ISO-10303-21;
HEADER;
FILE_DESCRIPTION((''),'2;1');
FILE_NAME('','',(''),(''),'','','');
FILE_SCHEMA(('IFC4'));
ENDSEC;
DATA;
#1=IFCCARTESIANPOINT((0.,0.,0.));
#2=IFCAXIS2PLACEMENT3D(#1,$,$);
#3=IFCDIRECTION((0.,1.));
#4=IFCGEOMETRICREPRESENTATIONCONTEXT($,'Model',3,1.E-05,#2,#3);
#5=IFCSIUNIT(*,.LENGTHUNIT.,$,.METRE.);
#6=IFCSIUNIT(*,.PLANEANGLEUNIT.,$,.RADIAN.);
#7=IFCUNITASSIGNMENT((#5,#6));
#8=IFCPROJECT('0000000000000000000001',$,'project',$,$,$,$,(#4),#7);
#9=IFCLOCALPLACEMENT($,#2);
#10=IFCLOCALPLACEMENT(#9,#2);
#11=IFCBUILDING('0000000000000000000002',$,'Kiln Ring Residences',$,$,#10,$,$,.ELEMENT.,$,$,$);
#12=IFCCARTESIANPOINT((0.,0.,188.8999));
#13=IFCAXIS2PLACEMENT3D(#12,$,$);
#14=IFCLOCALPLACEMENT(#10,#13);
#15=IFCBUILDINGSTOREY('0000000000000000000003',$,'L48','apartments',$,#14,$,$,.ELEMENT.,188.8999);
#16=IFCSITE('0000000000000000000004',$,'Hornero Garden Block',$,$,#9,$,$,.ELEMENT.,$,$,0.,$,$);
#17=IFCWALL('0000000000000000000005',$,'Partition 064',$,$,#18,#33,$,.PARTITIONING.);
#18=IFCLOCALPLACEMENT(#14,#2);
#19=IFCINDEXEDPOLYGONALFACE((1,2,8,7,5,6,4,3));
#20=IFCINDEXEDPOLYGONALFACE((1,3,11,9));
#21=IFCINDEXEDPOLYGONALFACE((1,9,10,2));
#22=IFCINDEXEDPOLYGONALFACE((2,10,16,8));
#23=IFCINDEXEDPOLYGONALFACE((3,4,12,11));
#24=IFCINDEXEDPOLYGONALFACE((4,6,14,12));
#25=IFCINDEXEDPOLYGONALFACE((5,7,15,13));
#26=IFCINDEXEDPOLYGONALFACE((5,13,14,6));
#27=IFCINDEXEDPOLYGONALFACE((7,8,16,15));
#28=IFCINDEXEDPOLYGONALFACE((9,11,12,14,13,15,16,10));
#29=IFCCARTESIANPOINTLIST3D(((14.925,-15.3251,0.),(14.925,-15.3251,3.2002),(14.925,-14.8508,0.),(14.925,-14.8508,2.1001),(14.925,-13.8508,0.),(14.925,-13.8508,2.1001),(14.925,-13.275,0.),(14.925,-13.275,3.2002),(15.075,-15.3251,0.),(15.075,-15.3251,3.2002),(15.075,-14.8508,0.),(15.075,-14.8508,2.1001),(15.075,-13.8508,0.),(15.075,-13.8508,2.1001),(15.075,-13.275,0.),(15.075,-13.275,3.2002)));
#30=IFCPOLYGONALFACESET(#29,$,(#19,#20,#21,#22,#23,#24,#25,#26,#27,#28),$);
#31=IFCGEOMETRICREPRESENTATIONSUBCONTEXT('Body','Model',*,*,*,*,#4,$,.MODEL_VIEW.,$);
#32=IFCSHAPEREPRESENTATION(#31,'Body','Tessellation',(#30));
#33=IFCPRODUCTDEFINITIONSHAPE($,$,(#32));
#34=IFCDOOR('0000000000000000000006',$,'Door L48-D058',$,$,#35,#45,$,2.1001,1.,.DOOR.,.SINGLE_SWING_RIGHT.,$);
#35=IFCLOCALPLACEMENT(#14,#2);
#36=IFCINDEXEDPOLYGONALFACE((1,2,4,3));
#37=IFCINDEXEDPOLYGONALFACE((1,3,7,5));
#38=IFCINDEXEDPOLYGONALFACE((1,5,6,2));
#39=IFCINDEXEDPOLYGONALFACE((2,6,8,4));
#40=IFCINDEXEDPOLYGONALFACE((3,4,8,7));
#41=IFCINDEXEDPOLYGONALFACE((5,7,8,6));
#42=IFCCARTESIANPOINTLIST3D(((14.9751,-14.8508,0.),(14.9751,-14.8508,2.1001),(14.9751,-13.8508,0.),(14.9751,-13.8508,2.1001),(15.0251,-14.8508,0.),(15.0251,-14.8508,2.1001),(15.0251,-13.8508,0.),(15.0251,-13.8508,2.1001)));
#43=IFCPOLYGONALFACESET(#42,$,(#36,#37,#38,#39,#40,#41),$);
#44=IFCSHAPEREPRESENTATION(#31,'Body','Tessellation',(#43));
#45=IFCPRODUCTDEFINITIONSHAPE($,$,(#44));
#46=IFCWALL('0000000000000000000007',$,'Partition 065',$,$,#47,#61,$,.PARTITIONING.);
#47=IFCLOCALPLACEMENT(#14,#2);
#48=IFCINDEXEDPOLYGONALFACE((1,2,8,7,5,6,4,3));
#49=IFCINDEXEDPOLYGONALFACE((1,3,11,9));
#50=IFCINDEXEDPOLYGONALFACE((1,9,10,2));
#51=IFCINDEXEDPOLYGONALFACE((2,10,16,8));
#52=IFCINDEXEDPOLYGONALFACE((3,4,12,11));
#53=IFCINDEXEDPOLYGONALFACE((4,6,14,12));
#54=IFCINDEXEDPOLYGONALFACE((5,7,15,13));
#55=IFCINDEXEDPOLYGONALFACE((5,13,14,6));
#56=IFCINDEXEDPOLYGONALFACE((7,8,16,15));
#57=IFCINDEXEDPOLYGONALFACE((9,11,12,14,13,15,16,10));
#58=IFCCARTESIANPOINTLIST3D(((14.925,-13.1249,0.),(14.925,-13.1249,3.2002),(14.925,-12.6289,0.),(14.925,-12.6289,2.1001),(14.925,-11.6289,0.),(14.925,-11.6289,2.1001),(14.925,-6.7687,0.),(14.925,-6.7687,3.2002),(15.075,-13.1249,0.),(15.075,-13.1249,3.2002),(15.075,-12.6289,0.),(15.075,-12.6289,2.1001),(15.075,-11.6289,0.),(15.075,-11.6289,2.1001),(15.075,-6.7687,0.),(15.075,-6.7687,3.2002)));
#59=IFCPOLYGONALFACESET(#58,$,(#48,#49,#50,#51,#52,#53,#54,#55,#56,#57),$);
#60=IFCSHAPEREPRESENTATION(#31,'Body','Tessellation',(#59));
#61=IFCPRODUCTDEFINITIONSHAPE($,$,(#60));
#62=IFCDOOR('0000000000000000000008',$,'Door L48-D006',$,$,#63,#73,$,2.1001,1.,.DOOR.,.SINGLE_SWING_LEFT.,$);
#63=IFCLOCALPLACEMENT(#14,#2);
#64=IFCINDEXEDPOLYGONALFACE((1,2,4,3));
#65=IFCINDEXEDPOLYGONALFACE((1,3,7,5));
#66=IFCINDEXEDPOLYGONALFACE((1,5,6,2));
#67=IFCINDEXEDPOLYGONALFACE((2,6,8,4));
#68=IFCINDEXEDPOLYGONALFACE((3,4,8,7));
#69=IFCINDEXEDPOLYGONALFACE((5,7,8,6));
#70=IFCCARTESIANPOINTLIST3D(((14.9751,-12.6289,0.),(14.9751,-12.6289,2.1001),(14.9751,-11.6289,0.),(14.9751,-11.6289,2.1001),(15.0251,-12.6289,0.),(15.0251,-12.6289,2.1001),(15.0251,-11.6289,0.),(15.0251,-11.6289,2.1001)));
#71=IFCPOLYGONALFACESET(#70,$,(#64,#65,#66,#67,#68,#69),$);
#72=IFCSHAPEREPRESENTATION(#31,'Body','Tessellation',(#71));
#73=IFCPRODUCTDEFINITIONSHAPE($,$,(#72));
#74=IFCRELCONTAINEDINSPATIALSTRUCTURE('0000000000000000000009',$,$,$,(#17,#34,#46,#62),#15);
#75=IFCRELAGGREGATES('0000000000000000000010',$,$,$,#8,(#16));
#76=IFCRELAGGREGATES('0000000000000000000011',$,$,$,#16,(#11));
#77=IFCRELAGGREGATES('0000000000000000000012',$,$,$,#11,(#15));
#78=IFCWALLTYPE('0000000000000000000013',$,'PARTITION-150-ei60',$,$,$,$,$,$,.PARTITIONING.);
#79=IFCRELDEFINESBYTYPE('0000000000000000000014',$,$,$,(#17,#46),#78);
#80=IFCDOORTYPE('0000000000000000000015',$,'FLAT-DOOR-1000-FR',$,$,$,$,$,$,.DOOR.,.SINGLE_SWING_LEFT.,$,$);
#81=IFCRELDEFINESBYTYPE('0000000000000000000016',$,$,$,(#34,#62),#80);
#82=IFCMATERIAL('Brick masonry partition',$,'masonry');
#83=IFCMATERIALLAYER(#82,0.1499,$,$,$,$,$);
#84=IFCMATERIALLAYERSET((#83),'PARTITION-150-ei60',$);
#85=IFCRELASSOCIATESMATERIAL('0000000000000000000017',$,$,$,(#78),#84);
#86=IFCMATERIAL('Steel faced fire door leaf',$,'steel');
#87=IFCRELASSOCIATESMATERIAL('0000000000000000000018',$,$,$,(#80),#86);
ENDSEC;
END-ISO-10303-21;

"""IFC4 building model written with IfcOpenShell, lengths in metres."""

from ifc_helpers import new_model, si_unit, direction, frame, frame_2d, origin, place, context, subcontext, project, spatial, rectangle, extrude, material, layer, layer_set, type_object, element, fill, save


model = new_model("IFC4")

# Units and contexts
model_context = context("Model", 3, precision=1e-05, world=origin(), true_north=direction((0.0, 1.0)))
body_context = subcontext(model_context, "Body", "Model", "MODEL_VIEW")
ifc_project = project(units=[si_unit("LENGTHUNIT", "METRE"), si_unit("PLANEANGLEUNIT", "RADIAN")], contexts=[model_context])

# Site, building, storey
site_placement = place(None, origin())
site = spatial("IfcSite", under=ifc_project, at=site_placement, Name="Hornero Garden Block", CompositionType="ELEMENT", RefElevation=0.0)
building_placement = place(site_placement, origin())
building = spatial("IfcBuilding", under=site, at=building_placement, Name="Kiln Ring Residences", CompositionType="ELEMENT")
storey_placement = place(building_placement, frame((0.0, 0.0, 188.8999)))
storey = spatial("IfcBuildingStorey", under=building, at=storey_placement, Name="L48", Description="apartments", CompositionType="ELEMENT", Elevation=188.8999)

# Shared definitions
ifc_material_1 = material(Name="Brick masonry partition", Category="masonry")
ifc_layer_1 = layer(ifc_material_1, 0.1499)
ifc_layer_set_1 = layer_set([ifc_layer_1], Name="PARTITION-150-ei60")
wall_type_1 = type_object("IfcWallType", Name="PARTITION-150-ei60", PredefinedType="PARTITIONING", material=ifc_layer_set_1)
ifc_material_2 = material(Name="Steel faced fire door leaf", Category="steel")
door_type_1 = type_object("IfcDoorType", Name="FLAT-DOOR-1000-FR", OperationType="SINGLE_SWING_LEFT", PredefinedType="DOOR", material=ifc_material_2)

# Walls, openings, doors
wall_1_placement = place(storey_placement, frame((15.0, -15.325, 0.0), z_axis=(0.0, 0.0, 1.0), x_axis=(0.0, 1.0, 0.0)))
wall_1 = element("IfcWall", 1, at=wall_1_placement, inside=storey, type_object=wall_type_1, Name="Partition 064", PredefinedType="PARTITIONING", context=body_context, shape_type="SweptSolid", body=[
    extrude(rectangle(XDim=2.05, YDim=0.1499, at=frame_2d((1.0249, 0.0))), origin(), (0.0, 0.0, 1.0), 3.2002),
])
opening_1_placement = place(wall_1_placement, frame((0.4741, 0.0, 0.0)))
opening_1 = element("IfcOpeningElement", 2, at=opening_1_placement, cuts=wall_1, PredefinedType="OPENING", context=body_context, shape_type="SweptSolid", body=[
    extrude(rectangle(XDim=1.0, YDim=2.1001, at=frame_2d((0.5, 1.05))), frame((0.0, 0.085, 0.0), z_axis=(0.0, -1.0, 0.0), x_axis=(1.0, 0.0, 0.0)), (0.0, 0.0, 1.0), 0.1699),
])
door_1_placement = place(opening_1_placement, origin())
door_1 = element("IfcDoor", 3, at=door_1_placement, inside=storey, type_object=door_type_1, Name="Door L48-D058", OperationType="SINGLE_SWING_RIGHT", OverallHeight=2.1001, OverallWidth=1.0, PredefinedType="DOOR", context=body_context, shape_type="SweptSolid", body=[
    extrude(rectangle(XDim=1.0, YDim=2.1001, at=frame_2d((0.5, 1.05))), frame((0.0, 0.0249, 0.0), z_axis=(0.0, -1.0, 0.0), x_axis=(1.0, 0.0, 0.0)), (0.0, 0.0, 1.0), 0.05),
])
fill(opening_1, door_1)
wall_2_placement = place(storey_placement, frame((15.0, -13.125, 0.0), z_axis=(0.0, 0.0, 1.0), x_axis=(0.0, 1.0, 0.0)))
wall_2 = element("IfcWall", 4, at=wall_2_placement, inside=storey, type_object=wall_type_1, Name="Partition 065", PredefinedType="PARTITIONING", context=body_context, shape_type="SweptSolid", body=[
    extrude(rectangle(XDim=6.3562, YDim=0.1499, at=frame_2d((3.1782, 0.0))), origin(), (0.0, 0.0, 1.0), 3.2002),
])
opening_2_placement = place(wall_2_placement, frame((0.4961, 0.0, 0.0)))
opening_2 = element("IfcOpeningElement", 5, at=opening_2_placement, cuts=wall_2, PredefinedType="OPENING", context=body_context, shape_type="SweptSolid", body=[
    extrude(rectangle(XDim=1.0, YDim=2.1001, at=frame_2d((0.5, 1.05))), frame((0.0, 0.085, 0.0), z_axis=(0.0, -1.0, 0.0), x_axis=(1.0, 0.0, 0.0)), (0.0, 0.0, 1.0), 0.1699),
])
door_2_placement = place(opening_2_placement, origin())
door_2 = element("IfcDoor", 6, at=door_2_placement, inside=storey, type_object=door_type_1, Name="Door L48-D006", OperationType="SINGLE_SWING_LEFT", OverallHeight=2.1001, OverallWidth=1.0, PredefinedType="DOOR", context=body_context, shape_type="SweptSolid", body=[
    extrude(rectangle(XDim=1.0, YDim=2.1001, at=frame_2d((0.5, 1.05))), frame((0.0, 0.0249, 0.0), z_axis=(0.0, -1.0, 0.0), x_axis=(1.0, 0.0, 0.0)), (0.0, 0.0, 1.0), 0.05),
])
fill(opening_2, door_2)

save(model, "model.ifc")
